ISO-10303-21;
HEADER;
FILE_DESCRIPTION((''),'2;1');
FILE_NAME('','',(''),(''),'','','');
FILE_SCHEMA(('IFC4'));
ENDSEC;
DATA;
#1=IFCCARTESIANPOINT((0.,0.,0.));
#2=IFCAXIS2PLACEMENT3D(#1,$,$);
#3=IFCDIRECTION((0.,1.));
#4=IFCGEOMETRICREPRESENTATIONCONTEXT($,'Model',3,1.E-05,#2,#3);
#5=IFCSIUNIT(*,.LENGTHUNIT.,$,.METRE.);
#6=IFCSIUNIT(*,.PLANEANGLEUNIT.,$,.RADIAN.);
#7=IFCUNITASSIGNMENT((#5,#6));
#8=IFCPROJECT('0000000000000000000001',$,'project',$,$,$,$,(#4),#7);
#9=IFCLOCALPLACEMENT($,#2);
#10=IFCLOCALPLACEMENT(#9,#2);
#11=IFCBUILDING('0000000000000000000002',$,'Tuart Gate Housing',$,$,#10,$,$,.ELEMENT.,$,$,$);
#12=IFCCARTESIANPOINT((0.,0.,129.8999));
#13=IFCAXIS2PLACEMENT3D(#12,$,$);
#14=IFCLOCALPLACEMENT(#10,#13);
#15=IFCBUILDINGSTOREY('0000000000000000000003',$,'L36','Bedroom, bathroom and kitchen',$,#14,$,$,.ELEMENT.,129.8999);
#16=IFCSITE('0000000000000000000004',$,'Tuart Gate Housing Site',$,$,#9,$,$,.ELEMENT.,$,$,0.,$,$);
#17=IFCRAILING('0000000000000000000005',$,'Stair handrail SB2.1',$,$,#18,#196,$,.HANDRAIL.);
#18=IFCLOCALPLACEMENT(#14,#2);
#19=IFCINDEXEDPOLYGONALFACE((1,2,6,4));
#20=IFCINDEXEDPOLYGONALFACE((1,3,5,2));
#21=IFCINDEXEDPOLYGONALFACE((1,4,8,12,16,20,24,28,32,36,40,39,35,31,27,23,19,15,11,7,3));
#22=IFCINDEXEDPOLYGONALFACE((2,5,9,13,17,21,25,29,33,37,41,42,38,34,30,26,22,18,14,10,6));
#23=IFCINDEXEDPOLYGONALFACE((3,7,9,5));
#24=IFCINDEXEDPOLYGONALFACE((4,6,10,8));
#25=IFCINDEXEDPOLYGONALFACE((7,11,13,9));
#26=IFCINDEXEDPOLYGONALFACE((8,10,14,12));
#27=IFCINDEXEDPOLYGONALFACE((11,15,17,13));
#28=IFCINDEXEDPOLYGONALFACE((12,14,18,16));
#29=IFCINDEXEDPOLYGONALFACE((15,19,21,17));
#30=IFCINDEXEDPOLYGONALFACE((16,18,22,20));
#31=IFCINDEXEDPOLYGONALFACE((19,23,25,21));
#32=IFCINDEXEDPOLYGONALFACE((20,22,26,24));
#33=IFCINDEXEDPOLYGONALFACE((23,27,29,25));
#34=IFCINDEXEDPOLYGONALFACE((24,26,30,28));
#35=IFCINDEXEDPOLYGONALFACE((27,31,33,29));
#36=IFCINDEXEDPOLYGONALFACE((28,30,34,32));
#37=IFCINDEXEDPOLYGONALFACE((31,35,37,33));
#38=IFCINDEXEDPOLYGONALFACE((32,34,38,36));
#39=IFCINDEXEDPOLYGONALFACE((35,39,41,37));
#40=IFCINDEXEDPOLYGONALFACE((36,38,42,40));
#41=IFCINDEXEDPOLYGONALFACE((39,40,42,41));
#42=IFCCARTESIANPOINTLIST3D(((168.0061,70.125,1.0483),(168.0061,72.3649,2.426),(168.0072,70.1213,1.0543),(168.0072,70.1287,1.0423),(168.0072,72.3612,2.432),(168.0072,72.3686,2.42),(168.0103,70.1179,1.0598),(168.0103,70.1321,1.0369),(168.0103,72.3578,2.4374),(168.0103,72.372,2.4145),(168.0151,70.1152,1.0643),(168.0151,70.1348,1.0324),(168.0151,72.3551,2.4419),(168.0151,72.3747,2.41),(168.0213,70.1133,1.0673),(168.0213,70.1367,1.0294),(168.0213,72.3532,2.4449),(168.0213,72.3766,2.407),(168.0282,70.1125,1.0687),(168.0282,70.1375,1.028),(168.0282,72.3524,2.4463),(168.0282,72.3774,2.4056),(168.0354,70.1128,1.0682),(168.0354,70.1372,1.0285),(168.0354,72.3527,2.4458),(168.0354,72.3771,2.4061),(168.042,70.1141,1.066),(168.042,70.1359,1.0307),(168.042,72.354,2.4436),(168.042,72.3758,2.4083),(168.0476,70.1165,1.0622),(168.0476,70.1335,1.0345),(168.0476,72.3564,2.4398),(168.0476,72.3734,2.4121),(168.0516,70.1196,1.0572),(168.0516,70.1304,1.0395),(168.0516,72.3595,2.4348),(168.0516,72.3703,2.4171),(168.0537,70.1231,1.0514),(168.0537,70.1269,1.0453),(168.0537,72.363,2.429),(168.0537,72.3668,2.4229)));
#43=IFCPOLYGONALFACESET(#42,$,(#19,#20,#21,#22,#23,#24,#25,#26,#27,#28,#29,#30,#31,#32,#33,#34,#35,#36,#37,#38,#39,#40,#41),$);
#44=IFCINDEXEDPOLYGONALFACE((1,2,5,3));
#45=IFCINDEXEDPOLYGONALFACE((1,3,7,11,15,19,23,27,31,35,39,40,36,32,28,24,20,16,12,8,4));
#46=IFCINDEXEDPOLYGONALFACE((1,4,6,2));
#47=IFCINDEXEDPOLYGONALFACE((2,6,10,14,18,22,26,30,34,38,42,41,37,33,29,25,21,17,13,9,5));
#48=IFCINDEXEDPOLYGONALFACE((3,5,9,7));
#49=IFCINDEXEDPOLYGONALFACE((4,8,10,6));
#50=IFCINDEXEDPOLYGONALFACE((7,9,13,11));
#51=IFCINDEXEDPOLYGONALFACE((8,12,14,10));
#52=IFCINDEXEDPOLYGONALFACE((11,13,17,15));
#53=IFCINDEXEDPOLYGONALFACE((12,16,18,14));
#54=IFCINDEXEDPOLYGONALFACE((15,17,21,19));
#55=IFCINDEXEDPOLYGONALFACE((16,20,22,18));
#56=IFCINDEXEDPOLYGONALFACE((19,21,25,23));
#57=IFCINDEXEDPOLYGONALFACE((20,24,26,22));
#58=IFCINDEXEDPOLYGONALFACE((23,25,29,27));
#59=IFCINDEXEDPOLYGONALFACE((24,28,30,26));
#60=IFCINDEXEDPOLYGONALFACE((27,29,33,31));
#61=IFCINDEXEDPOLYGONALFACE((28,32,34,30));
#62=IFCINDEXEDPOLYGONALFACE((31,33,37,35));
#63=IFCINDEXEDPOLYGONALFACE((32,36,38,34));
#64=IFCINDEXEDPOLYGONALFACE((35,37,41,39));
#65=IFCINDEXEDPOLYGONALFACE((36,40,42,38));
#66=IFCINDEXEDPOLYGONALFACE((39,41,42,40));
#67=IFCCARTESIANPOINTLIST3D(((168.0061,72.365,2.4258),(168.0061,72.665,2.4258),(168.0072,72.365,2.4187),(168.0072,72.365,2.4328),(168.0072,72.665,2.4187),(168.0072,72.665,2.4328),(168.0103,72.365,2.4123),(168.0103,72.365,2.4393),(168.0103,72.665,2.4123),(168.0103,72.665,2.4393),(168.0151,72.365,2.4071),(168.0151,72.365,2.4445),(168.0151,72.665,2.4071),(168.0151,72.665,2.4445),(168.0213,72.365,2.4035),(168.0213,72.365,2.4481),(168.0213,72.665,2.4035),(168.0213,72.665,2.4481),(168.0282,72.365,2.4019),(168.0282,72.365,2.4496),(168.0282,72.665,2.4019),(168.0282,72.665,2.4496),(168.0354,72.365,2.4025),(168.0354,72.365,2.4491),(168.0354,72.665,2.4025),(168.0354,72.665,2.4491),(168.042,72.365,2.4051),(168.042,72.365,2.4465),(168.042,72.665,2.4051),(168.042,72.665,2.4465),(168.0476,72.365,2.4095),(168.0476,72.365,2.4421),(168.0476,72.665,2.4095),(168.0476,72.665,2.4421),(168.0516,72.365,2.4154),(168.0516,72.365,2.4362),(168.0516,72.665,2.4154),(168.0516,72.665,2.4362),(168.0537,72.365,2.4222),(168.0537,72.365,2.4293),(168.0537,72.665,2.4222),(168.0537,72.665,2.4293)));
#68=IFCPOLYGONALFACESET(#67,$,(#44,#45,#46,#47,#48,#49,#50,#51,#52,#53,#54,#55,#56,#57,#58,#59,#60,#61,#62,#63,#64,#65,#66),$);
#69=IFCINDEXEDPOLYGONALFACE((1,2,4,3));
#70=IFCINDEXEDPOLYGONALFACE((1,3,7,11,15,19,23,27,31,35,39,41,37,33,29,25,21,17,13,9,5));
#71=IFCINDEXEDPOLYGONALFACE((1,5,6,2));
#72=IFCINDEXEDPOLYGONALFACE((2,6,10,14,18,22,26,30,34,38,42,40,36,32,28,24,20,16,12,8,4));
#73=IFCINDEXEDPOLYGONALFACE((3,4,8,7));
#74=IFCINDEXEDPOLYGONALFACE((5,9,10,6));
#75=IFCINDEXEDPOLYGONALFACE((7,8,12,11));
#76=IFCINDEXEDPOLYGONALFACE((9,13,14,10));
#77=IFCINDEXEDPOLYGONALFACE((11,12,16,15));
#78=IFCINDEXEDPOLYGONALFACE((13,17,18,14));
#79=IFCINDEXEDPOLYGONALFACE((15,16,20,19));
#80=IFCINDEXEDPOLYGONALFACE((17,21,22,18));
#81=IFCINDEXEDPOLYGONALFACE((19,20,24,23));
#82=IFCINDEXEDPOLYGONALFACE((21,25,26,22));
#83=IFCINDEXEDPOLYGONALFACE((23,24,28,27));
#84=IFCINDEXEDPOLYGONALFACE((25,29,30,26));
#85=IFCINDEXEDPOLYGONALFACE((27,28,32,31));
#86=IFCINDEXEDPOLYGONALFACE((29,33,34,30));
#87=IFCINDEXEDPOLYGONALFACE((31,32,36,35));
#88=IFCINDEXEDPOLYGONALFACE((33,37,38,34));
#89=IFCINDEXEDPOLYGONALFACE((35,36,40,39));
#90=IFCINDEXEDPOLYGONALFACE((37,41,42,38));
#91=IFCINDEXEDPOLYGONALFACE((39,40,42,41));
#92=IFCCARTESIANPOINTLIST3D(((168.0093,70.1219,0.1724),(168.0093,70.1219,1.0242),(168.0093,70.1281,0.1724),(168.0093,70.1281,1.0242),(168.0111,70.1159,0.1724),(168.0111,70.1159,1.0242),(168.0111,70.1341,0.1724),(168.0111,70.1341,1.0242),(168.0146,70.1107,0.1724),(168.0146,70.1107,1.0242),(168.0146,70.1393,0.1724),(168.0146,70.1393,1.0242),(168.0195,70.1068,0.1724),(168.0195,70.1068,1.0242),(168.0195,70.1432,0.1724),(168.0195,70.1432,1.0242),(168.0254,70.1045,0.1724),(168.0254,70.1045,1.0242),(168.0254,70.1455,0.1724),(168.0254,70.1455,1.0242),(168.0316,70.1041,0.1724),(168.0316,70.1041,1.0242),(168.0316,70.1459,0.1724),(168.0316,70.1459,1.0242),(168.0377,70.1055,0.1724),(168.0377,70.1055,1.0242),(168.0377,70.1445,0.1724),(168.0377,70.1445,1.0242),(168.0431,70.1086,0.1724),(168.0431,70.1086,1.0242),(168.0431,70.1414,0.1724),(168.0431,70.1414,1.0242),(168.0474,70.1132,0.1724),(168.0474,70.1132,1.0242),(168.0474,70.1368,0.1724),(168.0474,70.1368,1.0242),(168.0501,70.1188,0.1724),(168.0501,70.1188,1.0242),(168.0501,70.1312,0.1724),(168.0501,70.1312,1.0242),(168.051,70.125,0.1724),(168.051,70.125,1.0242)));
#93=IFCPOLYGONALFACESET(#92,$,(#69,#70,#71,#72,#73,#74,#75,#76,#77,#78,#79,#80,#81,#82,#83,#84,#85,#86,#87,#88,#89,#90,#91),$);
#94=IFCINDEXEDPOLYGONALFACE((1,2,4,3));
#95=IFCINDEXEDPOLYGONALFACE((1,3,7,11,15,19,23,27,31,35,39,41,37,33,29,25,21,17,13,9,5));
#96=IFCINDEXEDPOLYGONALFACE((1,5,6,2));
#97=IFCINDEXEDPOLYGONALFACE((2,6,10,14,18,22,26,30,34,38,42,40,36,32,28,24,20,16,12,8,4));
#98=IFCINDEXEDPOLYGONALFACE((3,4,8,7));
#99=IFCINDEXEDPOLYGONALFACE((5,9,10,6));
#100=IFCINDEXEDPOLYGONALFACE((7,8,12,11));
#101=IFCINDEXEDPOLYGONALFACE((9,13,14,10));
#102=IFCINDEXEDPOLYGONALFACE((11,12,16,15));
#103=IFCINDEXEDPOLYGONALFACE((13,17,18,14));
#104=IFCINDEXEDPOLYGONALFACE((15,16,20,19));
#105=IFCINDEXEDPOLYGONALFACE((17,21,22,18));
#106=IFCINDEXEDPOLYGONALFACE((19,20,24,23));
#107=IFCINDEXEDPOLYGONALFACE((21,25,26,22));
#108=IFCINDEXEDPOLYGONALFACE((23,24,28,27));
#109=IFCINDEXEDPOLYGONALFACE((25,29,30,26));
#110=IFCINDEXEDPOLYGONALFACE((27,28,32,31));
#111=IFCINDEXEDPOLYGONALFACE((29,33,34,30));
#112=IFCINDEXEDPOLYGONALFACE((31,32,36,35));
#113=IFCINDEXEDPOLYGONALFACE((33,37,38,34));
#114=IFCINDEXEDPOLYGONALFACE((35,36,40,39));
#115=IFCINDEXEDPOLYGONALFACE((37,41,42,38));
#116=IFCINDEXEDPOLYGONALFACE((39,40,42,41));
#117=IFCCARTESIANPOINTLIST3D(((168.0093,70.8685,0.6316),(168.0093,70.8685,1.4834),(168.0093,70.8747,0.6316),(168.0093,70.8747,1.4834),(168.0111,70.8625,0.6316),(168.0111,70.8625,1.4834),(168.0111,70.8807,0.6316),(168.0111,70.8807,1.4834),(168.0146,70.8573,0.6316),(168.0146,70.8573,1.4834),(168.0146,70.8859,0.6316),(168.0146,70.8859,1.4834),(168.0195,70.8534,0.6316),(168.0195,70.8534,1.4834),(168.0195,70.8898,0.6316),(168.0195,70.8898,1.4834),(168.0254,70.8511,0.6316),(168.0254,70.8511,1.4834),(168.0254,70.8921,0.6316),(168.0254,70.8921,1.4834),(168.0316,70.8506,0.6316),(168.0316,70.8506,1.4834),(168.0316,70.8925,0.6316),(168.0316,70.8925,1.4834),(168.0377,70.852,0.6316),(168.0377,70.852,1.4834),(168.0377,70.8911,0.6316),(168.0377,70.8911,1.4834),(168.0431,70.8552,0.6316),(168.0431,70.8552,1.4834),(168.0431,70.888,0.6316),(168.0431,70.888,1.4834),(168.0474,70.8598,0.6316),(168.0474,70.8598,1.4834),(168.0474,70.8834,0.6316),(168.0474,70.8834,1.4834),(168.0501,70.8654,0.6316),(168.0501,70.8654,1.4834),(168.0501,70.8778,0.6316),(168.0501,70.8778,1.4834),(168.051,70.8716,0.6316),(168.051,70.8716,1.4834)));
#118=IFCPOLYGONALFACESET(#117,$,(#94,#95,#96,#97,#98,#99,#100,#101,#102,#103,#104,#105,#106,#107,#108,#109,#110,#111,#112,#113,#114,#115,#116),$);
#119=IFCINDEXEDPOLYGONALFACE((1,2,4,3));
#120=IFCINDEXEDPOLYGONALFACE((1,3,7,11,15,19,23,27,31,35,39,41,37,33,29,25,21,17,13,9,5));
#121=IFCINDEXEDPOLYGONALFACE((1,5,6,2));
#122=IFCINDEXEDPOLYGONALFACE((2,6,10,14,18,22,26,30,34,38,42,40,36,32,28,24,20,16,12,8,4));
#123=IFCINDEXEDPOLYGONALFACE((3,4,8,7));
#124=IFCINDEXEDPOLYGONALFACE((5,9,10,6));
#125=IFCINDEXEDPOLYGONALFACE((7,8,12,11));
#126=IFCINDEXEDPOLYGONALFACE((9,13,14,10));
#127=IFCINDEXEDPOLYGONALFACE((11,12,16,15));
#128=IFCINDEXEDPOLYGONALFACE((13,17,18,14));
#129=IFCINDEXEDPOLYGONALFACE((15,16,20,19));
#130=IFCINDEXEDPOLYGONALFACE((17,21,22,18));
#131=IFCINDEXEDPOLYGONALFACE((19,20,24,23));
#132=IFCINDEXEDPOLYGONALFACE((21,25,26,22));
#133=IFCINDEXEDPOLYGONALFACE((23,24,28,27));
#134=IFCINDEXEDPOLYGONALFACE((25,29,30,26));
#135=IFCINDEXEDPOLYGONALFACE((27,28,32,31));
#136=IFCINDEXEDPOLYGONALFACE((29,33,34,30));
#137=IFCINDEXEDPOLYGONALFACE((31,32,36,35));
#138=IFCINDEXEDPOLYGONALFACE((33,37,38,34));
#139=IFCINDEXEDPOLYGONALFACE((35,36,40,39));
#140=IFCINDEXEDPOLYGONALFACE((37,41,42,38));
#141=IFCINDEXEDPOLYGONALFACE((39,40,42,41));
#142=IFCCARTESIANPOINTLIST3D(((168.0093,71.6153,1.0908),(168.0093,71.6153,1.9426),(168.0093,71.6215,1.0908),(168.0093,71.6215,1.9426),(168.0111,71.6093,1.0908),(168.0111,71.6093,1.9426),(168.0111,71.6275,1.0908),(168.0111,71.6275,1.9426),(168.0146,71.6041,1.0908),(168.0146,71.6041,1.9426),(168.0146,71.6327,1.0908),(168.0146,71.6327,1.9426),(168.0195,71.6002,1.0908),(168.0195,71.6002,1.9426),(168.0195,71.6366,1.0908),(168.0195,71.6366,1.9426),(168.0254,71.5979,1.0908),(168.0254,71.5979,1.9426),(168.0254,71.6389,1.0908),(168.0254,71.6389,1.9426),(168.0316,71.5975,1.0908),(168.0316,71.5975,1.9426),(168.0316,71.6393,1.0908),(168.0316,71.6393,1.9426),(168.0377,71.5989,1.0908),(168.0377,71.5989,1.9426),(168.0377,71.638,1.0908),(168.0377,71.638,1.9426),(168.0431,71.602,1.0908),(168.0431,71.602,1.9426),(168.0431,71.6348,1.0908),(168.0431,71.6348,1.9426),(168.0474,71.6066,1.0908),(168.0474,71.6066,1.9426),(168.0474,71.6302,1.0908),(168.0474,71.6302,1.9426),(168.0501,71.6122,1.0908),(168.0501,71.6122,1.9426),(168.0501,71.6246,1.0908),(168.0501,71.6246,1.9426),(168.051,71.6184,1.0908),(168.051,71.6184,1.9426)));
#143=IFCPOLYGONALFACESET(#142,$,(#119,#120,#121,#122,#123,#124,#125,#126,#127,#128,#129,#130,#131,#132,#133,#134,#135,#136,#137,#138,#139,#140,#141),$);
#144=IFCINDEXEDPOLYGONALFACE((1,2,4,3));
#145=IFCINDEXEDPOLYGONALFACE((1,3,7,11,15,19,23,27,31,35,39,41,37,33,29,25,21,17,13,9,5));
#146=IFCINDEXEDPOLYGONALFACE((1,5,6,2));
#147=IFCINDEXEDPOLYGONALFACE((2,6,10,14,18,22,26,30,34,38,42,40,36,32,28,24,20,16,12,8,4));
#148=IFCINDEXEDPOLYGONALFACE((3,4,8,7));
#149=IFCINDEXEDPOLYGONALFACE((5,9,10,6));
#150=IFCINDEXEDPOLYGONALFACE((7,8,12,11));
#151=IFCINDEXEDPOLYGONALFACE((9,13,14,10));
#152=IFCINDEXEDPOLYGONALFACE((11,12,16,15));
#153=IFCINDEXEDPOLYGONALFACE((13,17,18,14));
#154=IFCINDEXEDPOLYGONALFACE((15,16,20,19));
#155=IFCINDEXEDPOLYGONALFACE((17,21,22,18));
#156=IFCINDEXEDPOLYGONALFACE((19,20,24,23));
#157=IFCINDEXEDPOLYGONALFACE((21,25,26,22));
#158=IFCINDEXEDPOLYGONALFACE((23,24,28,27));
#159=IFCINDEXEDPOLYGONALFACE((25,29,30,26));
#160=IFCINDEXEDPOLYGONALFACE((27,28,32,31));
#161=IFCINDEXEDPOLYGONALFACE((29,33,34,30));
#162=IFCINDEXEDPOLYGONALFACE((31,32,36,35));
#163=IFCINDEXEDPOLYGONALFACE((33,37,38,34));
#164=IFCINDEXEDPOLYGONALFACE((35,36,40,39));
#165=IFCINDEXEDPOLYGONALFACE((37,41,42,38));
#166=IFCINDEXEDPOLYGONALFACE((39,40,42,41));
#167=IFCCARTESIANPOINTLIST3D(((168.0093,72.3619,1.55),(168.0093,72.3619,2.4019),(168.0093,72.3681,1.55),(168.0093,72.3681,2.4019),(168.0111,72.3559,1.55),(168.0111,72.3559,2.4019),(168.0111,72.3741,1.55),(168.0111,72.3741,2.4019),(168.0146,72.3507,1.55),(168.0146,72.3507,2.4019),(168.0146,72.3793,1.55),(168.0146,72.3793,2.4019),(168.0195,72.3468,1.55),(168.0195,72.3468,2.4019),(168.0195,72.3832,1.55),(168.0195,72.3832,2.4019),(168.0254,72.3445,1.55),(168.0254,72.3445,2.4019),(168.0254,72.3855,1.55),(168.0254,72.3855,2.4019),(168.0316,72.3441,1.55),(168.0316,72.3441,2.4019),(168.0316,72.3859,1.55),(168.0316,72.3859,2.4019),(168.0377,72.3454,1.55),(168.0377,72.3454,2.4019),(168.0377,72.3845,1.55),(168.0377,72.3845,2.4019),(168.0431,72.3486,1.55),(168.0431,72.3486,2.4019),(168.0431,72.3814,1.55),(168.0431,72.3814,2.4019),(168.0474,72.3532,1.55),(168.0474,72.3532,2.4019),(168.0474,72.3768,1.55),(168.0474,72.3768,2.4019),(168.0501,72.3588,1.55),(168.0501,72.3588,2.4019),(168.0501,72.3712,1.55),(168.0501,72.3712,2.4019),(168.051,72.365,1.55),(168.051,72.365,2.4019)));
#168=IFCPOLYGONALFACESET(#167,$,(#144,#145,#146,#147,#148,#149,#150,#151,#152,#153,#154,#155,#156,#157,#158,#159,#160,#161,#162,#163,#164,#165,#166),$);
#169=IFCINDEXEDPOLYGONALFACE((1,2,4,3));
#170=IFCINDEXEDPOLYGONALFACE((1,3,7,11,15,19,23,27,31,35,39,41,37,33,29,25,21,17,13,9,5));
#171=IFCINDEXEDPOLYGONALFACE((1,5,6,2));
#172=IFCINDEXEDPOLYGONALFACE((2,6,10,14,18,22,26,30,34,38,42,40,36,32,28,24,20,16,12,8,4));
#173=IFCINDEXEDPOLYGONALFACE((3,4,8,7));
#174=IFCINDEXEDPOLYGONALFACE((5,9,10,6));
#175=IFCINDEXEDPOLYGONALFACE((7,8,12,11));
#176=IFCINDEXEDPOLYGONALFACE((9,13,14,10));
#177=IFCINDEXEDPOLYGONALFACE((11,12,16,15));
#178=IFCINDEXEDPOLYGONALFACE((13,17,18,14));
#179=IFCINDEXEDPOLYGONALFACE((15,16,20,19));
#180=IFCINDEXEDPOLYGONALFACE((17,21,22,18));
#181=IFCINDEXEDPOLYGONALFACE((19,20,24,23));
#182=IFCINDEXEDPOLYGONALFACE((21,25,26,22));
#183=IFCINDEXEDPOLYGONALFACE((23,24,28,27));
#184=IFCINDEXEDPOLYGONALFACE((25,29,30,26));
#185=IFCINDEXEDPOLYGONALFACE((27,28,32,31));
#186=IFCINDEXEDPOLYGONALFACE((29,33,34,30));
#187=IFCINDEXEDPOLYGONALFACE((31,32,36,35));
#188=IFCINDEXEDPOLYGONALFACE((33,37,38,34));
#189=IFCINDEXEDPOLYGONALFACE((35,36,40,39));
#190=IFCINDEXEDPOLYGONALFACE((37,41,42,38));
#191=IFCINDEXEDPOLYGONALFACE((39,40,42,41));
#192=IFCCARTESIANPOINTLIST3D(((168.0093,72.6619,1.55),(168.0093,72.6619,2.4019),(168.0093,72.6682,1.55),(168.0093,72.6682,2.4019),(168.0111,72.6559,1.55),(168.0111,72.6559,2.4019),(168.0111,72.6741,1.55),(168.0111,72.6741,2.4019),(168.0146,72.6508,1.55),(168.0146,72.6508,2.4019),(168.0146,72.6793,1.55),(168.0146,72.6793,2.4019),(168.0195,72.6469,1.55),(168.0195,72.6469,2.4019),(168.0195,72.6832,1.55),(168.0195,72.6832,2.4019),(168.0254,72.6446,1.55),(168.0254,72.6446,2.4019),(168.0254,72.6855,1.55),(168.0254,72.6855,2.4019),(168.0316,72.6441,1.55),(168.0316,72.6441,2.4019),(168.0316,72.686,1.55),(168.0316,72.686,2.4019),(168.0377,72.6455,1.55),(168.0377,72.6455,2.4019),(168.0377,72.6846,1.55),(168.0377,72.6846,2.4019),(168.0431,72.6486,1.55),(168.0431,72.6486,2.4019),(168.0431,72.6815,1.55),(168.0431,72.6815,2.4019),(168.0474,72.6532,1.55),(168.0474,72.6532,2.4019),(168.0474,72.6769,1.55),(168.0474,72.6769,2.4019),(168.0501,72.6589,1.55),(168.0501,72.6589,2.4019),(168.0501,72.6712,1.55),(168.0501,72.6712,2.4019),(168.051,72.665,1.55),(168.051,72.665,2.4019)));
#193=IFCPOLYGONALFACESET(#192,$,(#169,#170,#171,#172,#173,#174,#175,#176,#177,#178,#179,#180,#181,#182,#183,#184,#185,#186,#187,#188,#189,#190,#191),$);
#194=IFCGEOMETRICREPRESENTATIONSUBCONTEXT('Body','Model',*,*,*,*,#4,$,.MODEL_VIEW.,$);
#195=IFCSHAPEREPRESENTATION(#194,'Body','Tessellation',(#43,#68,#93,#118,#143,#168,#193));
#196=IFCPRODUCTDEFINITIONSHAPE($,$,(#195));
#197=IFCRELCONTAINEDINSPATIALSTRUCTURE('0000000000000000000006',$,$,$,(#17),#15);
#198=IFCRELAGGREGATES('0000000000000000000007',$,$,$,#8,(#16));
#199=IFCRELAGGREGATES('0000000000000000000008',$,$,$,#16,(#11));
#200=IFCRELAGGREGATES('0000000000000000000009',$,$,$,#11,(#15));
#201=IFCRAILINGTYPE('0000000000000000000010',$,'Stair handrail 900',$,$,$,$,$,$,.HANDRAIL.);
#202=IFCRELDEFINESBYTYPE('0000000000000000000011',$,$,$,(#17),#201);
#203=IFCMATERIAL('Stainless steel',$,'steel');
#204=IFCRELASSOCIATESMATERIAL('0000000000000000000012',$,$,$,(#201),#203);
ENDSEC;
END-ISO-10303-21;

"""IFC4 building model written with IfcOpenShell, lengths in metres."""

from ifc_helpers import new_model, si_unit, direction, frame, origin, origin_2d, place, context, subcontext, project, spatial, circle, extrude, material, type_object, element, save


model = new_model("IFC4")

# Units and contexts
model_context = context("Model", 3, precision=1e-05, world=origin(), true_north=direction((0.0, 1.0)))
body_context = subcontext(model_context, "Body", "Model", "MODEL_VIEW")
ifc_project = project(units=[si_unit("LENGTHUNIT", "METRE"), si_unit("PLANEANGLEUNIT", "RADIAN")], contexts=[model_context])

# Site, building, storey
site_placement = place(None, origin())
site = spatial("IfcSite", under=ifc_project, at=site_placement, Name="Tuart Gate Housing Site", CompositionType="ELEMENT", RefElevation=0.0)
building_placement = place(site_placement, origin())
building = spatial("IfcBuilding", under=site, at=building_placement, Name="Tuart Gate Housing", CompositionType="ELEMENT")
storey_placement = place(building_placement, frame((0.0, 0.0, 129.8999)))
storey = spatial("IfcBuildingStorey", under=building, at=storey_placement, Name="L36", Description="Bedroom, bathroom and kitchen", CompositionType="ELEMENT", Elevation=129.8999)

# Railing
ifc_material_1 = material(Name="Stainless steel", Category="steel")
railing_type = type_object("IfcRailingType", Name="Stair handrail 900", PredefinedType="HANDRAIL", material=ifc_material_1)
railing_placement = place(storey_placement, frame((168.03, 70.125, 0.1724)))
element("IfcRailing", 1, at=railing_placement, inside=storey, type_object=railing_type, Name="Stair handrail SB2.1", PredefinedType="HANDRAIL", context=body_context, shape_type="SweptSolid", body=[
    extrude(circle(Radius=0.0239, at=origin_2d()), frame((0.0, 0.0, 0.876), z_axis=(0.0, 0.851789, 0.523885), x_axis=(-1.0, 0.0, 0.0)), (0.0, 0.0, 1.0), 2.6296),
    extrude(circle(Radius=0.0239, at=origin_2d()), frame((0.0, 2.24, 2.2534), z_axis=(0.0, 1.0, 0.0), x_axis=(-1.0, 0.0, 0.0)), (0.0, 0.0, 1.0), 0.3),
    extrude(circle(Radius=0.021, at=origin_2d()), origin(), (0.0, 0.0, 1.0), 0.8518),
    extrude(circle(Radius=0.021, at=origin_2d()), frame((0.0, 0.7466, 0.4592)), (0.0, 0.0, 1.0), 0.8518),
    extrude(circle(Radius=0.021, at=origin_2d()), frame((0.0, 1.4934, 0.9185)), (0.0, 0.0, 1.0), 0.8518),
    extrude(circle(Radius=0.021, at=origin_2d()), frame((0.0, 2.24, 1.3777)), (0.0, 0.0, 1.0), 0.8518),
    extrude(circle(Radius=0.021, at=origin_2d()), frame((0.0, 2.54, 1.3777)), (0.0, 0.0, 1.0), 0.8518),
])

save(model, "model.ifc")
